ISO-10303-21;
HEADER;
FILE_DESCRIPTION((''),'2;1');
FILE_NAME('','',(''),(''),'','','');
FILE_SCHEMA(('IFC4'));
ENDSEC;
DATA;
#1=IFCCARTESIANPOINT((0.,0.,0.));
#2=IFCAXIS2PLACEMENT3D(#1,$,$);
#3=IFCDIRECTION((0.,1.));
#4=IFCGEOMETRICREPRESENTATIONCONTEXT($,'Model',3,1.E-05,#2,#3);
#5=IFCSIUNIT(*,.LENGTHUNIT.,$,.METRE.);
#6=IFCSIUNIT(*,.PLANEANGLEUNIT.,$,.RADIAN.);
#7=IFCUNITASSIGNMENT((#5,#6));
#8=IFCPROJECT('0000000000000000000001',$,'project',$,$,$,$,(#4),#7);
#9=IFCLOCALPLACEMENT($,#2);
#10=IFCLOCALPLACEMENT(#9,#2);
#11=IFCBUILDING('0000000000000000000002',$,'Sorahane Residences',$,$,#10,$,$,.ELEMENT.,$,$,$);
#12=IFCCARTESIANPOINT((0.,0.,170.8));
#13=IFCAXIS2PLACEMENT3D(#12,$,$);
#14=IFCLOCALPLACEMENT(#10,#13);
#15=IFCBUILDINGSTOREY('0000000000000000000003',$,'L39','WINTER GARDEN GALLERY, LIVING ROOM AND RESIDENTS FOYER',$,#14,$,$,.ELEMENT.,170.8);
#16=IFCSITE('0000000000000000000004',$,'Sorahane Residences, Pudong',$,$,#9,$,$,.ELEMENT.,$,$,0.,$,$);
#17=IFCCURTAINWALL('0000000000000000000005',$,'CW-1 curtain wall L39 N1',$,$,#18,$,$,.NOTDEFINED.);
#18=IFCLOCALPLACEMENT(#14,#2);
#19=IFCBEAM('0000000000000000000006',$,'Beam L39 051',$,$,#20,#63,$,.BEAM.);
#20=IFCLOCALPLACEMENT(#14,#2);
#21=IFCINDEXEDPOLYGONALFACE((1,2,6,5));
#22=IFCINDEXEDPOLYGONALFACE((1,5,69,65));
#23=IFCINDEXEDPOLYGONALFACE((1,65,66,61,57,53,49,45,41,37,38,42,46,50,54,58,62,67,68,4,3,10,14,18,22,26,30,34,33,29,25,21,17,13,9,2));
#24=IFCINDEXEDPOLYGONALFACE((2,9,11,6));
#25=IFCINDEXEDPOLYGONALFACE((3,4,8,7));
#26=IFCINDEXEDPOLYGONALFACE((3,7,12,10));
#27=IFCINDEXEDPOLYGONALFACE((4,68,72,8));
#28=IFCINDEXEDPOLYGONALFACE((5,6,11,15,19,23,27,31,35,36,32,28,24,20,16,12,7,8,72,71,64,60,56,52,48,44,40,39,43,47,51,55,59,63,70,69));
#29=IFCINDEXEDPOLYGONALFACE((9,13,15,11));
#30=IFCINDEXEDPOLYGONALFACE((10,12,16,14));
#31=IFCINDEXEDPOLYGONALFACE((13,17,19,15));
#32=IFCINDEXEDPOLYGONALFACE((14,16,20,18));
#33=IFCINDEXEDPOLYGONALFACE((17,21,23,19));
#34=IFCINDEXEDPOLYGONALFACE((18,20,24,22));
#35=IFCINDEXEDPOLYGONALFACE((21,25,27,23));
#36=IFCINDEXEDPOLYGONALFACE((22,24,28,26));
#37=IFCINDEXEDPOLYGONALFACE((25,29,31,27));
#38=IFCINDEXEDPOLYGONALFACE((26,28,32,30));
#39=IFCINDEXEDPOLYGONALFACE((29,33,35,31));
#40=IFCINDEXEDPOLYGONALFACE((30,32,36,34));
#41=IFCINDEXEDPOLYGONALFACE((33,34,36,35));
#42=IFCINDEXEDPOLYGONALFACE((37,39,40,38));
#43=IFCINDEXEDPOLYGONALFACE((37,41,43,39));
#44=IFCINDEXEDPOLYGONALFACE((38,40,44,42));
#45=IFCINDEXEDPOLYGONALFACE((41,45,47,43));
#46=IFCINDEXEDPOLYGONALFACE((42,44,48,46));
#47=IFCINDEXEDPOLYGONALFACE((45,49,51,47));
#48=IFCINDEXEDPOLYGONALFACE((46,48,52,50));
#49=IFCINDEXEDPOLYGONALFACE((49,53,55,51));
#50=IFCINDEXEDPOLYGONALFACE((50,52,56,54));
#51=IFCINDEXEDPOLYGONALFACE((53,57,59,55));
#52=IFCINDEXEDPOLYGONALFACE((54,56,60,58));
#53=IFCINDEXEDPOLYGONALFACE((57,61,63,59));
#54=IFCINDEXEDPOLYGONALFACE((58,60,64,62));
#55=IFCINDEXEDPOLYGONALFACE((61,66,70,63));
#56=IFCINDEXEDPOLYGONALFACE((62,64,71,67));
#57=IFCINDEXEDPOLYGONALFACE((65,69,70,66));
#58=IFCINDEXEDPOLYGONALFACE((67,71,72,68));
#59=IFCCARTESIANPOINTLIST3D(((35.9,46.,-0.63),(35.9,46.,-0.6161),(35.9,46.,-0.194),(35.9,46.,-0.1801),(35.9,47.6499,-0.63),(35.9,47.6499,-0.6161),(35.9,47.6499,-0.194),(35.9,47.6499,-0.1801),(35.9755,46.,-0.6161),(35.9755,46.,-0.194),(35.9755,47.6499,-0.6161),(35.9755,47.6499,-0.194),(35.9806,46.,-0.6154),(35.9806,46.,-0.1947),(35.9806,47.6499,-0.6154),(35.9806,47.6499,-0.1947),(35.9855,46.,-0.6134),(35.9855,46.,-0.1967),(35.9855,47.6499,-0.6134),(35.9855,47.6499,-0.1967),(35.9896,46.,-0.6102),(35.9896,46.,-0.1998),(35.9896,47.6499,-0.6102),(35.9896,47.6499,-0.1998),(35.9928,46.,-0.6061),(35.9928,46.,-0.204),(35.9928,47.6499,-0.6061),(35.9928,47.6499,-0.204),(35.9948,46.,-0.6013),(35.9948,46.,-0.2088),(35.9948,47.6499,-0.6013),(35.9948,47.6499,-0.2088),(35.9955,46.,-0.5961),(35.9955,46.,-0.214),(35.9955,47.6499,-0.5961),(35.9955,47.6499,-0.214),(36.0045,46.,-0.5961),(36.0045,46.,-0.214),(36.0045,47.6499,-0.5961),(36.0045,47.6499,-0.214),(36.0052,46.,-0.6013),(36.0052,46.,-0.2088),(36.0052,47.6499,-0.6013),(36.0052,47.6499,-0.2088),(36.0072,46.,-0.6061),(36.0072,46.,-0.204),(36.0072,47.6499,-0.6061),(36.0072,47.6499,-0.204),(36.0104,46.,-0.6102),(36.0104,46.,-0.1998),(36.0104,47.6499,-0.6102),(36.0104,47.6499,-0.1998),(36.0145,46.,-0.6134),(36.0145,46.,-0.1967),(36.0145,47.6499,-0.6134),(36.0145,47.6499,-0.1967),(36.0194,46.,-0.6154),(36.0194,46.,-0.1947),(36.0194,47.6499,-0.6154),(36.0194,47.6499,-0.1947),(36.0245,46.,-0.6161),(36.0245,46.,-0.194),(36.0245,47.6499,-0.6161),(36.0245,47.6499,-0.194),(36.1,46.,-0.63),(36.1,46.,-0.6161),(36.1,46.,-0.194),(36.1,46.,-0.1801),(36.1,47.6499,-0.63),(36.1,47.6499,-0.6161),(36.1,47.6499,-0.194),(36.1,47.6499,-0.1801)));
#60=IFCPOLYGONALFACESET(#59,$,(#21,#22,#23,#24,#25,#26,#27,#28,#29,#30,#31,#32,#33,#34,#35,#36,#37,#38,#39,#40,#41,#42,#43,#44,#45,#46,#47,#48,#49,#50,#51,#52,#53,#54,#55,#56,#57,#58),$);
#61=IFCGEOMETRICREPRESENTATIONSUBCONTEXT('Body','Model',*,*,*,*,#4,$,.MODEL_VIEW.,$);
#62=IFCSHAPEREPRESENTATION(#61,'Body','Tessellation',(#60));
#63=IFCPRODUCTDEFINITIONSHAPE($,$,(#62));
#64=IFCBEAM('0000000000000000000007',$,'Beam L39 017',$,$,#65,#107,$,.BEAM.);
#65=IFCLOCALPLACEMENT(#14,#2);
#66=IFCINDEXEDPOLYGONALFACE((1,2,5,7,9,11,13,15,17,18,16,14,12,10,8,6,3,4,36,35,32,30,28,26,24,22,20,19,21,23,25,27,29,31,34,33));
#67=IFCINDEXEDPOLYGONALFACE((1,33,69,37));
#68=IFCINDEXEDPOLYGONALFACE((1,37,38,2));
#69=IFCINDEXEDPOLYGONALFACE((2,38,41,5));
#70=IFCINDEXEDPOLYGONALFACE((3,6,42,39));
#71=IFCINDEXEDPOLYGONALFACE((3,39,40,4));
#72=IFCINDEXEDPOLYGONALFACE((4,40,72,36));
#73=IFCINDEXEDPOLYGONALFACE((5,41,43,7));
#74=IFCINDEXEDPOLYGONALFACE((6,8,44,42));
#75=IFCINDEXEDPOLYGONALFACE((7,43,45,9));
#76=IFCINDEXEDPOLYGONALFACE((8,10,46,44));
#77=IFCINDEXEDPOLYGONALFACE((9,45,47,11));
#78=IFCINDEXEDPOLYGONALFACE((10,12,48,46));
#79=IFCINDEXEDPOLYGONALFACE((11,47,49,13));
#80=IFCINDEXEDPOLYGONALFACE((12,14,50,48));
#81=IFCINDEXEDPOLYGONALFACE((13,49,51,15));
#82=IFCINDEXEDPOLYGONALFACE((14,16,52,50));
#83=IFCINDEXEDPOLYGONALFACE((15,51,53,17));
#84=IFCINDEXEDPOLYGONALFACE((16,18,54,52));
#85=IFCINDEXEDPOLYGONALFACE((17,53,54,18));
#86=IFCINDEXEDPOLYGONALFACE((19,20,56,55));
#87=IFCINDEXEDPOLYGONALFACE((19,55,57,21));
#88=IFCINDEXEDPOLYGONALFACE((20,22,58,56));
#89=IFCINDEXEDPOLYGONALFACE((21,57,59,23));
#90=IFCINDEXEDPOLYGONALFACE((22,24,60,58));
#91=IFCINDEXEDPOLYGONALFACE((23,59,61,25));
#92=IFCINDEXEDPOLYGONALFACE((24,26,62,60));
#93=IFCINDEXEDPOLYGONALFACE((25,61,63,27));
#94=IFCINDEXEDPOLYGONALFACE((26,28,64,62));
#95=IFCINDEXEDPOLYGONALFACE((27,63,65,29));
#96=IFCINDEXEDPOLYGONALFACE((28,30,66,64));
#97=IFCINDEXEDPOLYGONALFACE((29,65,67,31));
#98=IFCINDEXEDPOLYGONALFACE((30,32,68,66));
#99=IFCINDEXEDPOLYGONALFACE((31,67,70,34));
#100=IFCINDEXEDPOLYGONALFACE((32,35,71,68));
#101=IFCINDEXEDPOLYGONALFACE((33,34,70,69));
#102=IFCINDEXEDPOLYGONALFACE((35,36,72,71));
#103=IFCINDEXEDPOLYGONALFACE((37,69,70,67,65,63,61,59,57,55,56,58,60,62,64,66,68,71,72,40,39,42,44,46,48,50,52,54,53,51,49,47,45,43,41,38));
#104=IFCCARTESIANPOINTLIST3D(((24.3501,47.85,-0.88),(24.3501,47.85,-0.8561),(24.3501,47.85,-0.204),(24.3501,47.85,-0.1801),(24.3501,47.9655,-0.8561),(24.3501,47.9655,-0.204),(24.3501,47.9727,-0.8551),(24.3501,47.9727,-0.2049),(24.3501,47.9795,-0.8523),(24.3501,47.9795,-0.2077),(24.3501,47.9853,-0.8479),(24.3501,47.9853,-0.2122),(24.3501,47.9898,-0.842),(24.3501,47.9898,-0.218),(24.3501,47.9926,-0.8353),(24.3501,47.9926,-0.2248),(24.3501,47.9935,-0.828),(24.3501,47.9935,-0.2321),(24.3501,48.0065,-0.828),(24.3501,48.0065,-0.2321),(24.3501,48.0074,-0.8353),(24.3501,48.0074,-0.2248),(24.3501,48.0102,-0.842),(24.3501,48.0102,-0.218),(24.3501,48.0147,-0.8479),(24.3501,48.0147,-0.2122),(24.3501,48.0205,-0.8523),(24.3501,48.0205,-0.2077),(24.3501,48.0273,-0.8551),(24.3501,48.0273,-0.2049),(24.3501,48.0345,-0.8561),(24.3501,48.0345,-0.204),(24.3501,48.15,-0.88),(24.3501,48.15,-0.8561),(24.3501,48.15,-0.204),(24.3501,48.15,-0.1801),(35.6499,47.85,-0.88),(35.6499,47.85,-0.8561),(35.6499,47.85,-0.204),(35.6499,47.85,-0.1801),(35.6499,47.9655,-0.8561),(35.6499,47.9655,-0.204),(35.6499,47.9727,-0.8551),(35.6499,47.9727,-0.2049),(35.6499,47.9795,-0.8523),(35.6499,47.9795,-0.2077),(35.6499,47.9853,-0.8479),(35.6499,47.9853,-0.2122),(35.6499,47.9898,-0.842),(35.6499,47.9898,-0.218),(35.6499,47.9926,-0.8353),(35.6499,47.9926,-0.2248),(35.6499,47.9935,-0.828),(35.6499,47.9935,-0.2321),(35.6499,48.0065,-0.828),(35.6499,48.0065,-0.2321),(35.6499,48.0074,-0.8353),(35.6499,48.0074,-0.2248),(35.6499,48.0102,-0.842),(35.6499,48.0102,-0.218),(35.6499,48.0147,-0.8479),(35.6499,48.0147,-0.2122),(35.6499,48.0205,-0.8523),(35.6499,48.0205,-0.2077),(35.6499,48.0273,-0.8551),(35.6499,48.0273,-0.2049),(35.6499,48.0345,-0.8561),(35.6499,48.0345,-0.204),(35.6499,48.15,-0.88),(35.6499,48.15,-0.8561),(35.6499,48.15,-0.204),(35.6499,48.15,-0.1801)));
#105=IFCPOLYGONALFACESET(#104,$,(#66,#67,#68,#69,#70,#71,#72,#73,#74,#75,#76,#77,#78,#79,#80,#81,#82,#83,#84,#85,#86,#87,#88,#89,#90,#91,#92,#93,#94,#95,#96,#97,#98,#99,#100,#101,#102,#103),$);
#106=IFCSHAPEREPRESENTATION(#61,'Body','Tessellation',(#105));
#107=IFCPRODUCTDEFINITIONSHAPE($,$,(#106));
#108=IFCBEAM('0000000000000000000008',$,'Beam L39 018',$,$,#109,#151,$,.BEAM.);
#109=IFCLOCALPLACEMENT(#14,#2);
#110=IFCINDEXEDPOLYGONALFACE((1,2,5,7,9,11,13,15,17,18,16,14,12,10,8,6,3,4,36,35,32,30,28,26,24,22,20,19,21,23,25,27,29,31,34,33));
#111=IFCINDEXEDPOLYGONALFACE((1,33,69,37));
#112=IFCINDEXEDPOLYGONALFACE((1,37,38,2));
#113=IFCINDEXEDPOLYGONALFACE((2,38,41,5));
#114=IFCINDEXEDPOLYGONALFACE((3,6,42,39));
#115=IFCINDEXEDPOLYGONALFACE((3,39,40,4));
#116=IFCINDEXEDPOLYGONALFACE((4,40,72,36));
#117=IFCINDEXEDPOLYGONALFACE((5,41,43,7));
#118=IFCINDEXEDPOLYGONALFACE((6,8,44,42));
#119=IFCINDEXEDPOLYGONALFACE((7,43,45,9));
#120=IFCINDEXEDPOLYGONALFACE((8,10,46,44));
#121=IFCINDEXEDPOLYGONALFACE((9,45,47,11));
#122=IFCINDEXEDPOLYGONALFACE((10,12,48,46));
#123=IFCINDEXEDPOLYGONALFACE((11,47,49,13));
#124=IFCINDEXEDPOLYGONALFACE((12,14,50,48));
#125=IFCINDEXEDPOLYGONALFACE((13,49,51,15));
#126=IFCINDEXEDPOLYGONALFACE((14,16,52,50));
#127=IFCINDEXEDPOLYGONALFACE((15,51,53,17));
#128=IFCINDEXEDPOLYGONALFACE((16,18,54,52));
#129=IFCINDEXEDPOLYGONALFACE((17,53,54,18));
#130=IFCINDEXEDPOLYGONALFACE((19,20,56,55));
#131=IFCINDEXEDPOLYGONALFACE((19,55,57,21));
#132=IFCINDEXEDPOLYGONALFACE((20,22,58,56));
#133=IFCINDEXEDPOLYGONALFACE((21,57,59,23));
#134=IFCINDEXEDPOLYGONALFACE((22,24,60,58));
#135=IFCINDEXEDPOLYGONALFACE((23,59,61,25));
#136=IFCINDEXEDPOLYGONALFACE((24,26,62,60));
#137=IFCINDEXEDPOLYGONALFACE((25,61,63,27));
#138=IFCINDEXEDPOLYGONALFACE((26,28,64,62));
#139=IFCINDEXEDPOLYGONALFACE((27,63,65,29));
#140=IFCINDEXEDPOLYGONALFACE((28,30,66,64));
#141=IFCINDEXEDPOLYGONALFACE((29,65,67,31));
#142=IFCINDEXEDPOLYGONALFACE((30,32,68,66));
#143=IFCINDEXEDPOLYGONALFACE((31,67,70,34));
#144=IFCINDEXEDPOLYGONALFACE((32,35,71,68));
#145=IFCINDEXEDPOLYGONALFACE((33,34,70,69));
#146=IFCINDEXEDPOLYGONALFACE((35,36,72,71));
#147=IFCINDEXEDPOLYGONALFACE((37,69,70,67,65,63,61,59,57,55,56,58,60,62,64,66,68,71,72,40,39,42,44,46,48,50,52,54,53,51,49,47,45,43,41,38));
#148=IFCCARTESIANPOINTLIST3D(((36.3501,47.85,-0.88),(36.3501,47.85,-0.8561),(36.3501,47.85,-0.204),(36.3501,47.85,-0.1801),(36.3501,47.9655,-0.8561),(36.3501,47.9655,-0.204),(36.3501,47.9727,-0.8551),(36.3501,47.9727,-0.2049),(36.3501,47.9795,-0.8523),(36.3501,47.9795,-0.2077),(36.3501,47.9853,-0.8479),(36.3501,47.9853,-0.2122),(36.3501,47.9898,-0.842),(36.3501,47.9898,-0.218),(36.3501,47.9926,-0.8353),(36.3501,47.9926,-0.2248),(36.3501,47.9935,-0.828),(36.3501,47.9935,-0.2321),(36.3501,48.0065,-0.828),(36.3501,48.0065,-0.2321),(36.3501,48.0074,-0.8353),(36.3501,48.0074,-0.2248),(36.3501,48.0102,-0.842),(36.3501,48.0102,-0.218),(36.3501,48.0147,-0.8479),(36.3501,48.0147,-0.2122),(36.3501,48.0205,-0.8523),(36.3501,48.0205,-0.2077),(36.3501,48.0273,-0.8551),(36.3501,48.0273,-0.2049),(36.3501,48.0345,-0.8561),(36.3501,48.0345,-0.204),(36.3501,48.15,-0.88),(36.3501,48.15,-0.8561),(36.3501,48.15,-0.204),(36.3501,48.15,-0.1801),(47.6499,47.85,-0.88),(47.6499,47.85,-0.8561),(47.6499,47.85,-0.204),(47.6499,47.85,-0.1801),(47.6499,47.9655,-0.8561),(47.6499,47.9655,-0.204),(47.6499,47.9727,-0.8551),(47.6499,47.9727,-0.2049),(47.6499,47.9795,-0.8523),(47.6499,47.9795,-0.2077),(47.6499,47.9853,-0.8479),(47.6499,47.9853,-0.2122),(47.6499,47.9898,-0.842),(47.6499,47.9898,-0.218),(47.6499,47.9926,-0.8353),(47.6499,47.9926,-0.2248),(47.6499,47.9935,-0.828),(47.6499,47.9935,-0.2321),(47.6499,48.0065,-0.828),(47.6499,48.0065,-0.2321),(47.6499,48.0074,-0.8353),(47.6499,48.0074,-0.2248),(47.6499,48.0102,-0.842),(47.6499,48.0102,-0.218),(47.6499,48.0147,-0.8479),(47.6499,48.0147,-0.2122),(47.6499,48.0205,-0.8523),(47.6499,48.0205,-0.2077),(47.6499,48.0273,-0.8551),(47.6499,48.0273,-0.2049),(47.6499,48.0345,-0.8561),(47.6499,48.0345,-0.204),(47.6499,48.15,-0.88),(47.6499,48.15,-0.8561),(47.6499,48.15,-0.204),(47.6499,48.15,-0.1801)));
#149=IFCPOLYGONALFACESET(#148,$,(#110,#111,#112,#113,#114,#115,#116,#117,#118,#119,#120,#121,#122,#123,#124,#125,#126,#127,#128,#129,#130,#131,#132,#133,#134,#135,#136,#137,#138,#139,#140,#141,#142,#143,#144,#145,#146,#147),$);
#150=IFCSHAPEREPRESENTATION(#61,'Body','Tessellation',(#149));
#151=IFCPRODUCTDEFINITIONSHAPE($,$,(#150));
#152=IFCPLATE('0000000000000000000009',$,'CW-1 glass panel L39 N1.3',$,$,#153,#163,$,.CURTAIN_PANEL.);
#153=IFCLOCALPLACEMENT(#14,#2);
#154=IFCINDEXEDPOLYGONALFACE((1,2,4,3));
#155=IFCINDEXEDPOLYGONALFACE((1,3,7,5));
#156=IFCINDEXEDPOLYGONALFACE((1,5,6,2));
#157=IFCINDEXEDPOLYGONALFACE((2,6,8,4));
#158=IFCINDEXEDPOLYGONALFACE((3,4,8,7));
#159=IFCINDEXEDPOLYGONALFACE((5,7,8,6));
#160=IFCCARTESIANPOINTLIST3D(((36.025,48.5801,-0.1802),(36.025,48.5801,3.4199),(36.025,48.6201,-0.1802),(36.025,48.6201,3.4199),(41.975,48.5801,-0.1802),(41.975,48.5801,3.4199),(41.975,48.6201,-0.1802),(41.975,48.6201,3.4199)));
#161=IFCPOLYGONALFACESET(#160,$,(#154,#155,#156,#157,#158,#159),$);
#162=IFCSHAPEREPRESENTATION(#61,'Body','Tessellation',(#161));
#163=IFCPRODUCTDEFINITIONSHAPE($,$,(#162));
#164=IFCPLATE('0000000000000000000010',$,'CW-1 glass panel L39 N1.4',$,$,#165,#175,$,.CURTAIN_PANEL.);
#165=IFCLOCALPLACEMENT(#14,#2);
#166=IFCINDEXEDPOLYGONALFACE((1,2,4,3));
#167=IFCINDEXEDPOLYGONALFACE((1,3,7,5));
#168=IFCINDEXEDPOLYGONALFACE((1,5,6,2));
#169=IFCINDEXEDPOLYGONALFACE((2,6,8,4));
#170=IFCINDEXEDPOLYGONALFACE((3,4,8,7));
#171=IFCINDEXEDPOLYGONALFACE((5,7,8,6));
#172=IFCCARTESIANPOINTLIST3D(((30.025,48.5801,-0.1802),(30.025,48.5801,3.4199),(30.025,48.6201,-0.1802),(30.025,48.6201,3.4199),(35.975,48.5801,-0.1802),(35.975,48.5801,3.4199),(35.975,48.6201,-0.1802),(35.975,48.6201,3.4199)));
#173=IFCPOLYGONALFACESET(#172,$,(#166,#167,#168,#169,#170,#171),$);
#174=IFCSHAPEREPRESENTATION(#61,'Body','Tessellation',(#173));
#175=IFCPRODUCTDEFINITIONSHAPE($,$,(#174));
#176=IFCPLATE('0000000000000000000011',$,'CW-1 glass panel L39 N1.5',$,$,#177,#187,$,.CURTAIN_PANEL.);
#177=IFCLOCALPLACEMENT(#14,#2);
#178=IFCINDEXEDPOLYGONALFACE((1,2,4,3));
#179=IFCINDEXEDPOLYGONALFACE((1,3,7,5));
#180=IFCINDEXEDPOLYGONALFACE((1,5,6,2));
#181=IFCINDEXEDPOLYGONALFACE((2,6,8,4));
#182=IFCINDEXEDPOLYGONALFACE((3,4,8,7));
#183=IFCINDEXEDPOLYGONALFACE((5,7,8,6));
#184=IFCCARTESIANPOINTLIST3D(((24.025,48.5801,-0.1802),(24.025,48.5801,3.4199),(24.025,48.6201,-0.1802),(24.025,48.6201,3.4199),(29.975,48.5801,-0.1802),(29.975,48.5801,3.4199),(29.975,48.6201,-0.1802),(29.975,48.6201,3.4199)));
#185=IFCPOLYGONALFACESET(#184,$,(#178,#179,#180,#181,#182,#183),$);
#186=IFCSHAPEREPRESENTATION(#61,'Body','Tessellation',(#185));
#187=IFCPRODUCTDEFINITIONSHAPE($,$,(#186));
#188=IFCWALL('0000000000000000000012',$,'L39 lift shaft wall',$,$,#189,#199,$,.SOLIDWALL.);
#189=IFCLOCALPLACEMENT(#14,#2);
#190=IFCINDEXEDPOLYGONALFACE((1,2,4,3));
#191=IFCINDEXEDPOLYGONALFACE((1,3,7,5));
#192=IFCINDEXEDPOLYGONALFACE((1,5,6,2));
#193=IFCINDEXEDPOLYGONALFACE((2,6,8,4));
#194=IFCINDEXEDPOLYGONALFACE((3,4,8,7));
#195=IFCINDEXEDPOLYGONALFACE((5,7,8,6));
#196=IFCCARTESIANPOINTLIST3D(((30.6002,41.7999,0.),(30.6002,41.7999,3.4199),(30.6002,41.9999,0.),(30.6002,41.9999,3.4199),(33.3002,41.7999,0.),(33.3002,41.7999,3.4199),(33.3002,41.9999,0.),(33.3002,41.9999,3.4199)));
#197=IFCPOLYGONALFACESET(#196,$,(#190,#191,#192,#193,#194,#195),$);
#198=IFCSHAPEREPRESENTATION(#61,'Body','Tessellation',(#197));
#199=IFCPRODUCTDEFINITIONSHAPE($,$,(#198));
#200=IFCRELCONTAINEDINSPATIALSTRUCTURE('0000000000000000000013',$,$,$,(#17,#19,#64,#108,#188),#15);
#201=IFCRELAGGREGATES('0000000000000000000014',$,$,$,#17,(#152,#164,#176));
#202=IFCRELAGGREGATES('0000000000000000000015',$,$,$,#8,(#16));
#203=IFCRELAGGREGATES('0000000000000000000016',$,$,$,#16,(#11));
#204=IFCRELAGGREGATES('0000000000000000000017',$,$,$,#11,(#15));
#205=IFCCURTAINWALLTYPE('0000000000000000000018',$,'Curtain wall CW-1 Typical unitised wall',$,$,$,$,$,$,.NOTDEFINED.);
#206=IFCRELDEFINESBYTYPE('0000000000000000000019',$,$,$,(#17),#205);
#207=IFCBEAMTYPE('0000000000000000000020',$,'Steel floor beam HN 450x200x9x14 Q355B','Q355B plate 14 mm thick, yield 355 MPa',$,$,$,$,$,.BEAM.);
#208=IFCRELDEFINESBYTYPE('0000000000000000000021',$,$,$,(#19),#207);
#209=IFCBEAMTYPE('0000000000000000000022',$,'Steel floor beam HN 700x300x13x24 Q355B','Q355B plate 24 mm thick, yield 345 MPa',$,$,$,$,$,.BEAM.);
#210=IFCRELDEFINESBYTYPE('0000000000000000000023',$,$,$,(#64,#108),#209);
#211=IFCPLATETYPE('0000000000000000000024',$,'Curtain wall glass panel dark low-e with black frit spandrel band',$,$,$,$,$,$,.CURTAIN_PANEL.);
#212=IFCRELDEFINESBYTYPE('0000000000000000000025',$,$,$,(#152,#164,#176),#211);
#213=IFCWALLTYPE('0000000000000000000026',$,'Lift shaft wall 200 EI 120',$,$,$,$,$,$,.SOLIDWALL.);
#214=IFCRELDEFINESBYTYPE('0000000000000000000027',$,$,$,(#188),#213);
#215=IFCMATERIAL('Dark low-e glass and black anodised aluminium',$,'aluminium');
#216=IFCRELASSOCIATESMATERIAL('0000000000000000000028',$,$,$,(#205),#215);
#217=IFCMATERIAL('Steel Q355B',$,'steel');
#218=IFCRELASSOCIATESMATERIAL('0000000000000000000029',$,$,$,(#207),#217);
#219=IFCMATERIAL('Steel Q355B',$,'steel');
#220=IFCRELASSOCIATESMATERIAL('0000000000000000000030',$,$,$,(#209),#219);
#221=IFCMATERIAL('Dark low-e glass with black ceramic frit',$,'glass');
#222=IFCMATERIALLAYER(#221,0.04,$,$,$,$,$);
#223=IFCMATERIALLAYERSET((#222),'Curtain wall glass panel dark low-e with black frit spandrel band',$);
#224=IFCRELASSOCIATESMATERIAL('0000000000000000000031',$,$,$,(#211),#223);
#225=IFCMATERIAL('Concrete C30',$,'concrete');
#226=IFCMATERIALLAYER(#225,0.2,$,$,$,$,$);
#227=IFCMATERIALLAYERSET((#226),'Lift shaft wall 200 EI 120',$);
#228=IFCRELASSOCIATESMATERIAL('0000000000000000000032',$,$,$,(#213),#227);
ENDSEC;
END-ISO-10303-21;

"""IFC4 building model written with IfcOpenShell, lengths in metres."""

from ifc_helpers import new_model, si_unit, direction, frame, frame_2d, origin, origin_2d, place, context, subcontext, project, spatial, rectangle, i_section, extrude, material, layer, layer_set, material_profile, profile_set, type_object, element, aggregate, save


model = new_model("IFC4")

# Units and contexts
model_context = context("Model", 3, precision=1e-05, world=origin(), true_north=direction((0.0, 1.0)))
body_context = subcontext(model_context, "Body", "Model", "MODEL_VIEW")
ifc_project = project(units=[si_unit("LENGTHUNIT", "METRE"), si_unit("PLANEANGLEUNIT", "RADIAN")], contexts=[model_context])

# Site, building, storey
site_placement = place(None, origin())
site = spatial("IfcSite", under=ifc_project, at=site_placement, Name="Sorahane Residences, Pudong", CompositionType="ELEMENT", RefElevation=0.0)
building_placement = place(site_placement, origin())
building = spatial("IfcBuilding", under=site, at=building_placement, Name="Sorahane Residences", CompositionType="ELEMENT")
storey_placement = place(building_placement, frame((0.0, 0.0, 170.8)))
storey = spatial("IfcBuildingStorey", under=building, at=storey_placement, Name="L39", Description="WINTER GARDEN GALLERY, LIVING ROOM AND RESIDENTS FOYER", CompositionType="ELEMENT", Elevation=170.8)

# Curtain wall
ifc_material_1 = material(Name="Dark low-e glass and black anodised aluminium", Category="aluminium")
curtain_wall_type = type_object("IfcCurtainWallType", Name="Curtain wall CW-1 Typical unitised wall", PredefinedType="NOTDEFINED", material=ifc_material_1)
curtain_wall_placement = place(storey_placement, origin())
curtain_wall = element("IfcCurtainWall", 1, at=curtain_wall_placement, inside=storey, type_object=curtain_wall_type, Name="CW-1 curtain wall L39 N1", PredefinedType="NOTDEFINED")

# Beams
ifc_material_2 = material(Name="Steel Q355B", Category="steel")
ifc_material_profile_1 = material_profile(ifc_material_2, i_section(OverallWidth=0.2, OverallDepth=0.45, WebThickness=0.009, FlangeThickness=0.0139, FilletRadius=0.02, at=origin_2d()), Name="HN 450x200x9x14")
ifc_profile_set_1 = profile_set([ifc_material_profile_1], Name="Steel Q355B")
beam_type_1 = type_object("IfcBeamType", Name="Steel floor beam HN 450x200x9x14 Q355B", Description="Q355B plate 14 mm thick, yield 355 MPa", PredefinedType="BEAM", material=ifc_profile_set_1)
beam_1_placement = place(storey_placement, frame((36.0, 46.0, -0.405), z_axis=(0.0, 1.0, 0.0), x_axis=(-1.0, 0.0, 0.0)))
element("IfcBeam", 2, at=beam_1_placement, inside=storey, type_object=beam_type_1, Name="Beam L39 051", PredefinedType="BEAM", context=body_context, shape_type="SweptSolid", body=[
    extrude(i_section(OverallWidth=0.2, OverallDepth=0.45, WebThickness=0.009, FlangeThickness=0.0139, FilletRadius=0.02, at=origin_2d()), origin(), (0.0, 0.0, 1.0), 1.6499),
])
ifc_material_3 = material(Name="Steel Q355B", Category="steel")
ifc_material_profile_2 = material_profile(ifc_material_3, i_section(OverallWidth=0.3, OverallDepth=0.7, WebThickness=0.0129, FlangeThickness=0.0239, FilletRadius=0.0281, at=origin_2d()), Name="HN 700x300x13x24")
ifc_profile_set_2 = profile_set([ifc_material_profile_2], Name="Steel Q355B")
beam_type_2 = type_object("IfcBeamType", Name="Steel floor beam HN 700x300x13x24 Q355B", Description="Q355B plate 24 mm thick, yield 345 MPa", PredefinedType="BEAM", material=ifc_profile_set_2)
for number, where, z_axis, x_axis, name in (
    (3, (24.3501, 48.0, -0.53), (1.0, 0.0, 0.0), (0.0, 1.0, 0.0), "Beam L39 017"),
    (4, (36.3501, 48.0, -0.53), (1.0, 0.0, 0.0), (0.0, 1.0, 0.0), "Beam L39 018"),
):
    element("IfcBeam", number, at=place(storey_placement, frame(where, z_axis=z_axis, x_axis=x_axis)), inside=storey, type_object=beam_type_2, Name=name, PredefinedType="BEAM", context=body_context, shape_type="SweptSolid", body=[
        extrude(i_section(OverallWidth=0.3, OverallDepth=0.7, WebThickness=0.0129, FlangeThickness=0.0239, FilletRadius=0.0281, at=origin_2d()), origin(), (0.0, 0.0, 1.0), 11.2998),
    ])

# Plates
ifc_material_4 = material(Name="Dark low-e glass with black ceramic frit", Category="glass")
ifc_layer_1 = layer(ifc_material_4, 0.04)
ifc_layer_set_1 = layer_set([ifc_layer_1], Name="Curtain wall glass panel dark low-e with black frit spandrel band")
plate_type = type_object("IfcPlateType", Name="Curtain wall glass panel dark low-e with black frit spandrel band", PredefinedType="CURTAIN_PANEL", material=ifc_layer_set_1)
plate_1_placement = place(storey_placement, frame((39.0, 48.6001, -0.1802), z_axis=(0.0, 0.0, 1.0), x_axis=(-1.0, 0.0, 0.0)))
plate_1 = element("IfcPlate", 5, at=plate_1_placement, type_object=plate_type, Name="CW-1 glass panel L39 N1.3", PredefinedType="CURTAIN_PANEL", context=body_context, shape_type="SweptSolid", body=[
    extrude(rectangle(XDim=5.95, YDim=0.04, at=origin_2d()), origin(), (0.0, 0.0, 1.0), 3.6001),
])
plate_2_placement = place(storey_placement, frame((33.0, 48.6001, -0.1802), z_axis=(0.0, 0.0, 1.0), x_axis=(-1.0, 0.0, 0.0)))
plate_2 = element("IfcPlate", 6, at=plate_2_placement, type_object=plate_type, Name="CW-1 glass panel L39 N1.4", PredefinedType="CURTAIN_PANEL", context=body_context, shape_type="SweptSolid", body=[
    extrude(rectangle(XDim=5.95, YDim=0.04, at=origin_2d()), origin(), (0.0, 0.0, 1.0), 3.6001),
])
plate_3_placement = place(storey_placement, frame((27.0, 48.6001, -0.1802), z_axis=(0.0, 0.0, 1.0), x_axis=(-1.0, 0.0, 0.0)))
plate_3 = element("IfcPlate", 7, at=plate_3_placement, type_object=plate_type, Name="CW-1 glass panel L39 N1.5", PredefinedType="CURTAIN_PANEL", context=body_context, shape_type="SweptSolid", body=[
    extrude(rectangle(XDim=5.95, YDim=0.04, at=origin_2d()), origin(), (0.0, 0.0, 1.0), 3.6001),
])
aggregate(curtain_wall, [plate_1, plate_2, plate_3])

# Wall
ifc_material_5 = material(Name="Concrete C30", Category="concrete")
ifc_layer_2 = layer(ifc_material_5, 0.2)
ifc_layer_set_2 = layer_set([ifc_layer_2], Name="Lift shaft wall 200 EI 120")
wall_type = type_object("IfcWallType", Name="Lift shaft wall 200 EI 120", PredefinedType="SOLIDWALL", material=ifc_layer_set_2)
wall_placement = place(storey_placement, frame((30.6001, 41.8999, 0.0), z_axis=(0.0, 0.0, 1.0), x_axis=(1.0, 0.0, 0.0)))
element("IfcWall", 8, at=wall_placement, inside=storey, type_object=wall_type, Name="L39 lift shaft wall", PredefinedType="SOLIDWALL", context=body_context, shape_type="SweptSolid", body=[
    extrude(rectangle(XDim=2.7, YDim=0.2, at=frame_2d((1.3501, 0.0))), origin(), (0.0, 0.0, 1.0), 3.4199),
])

save(model, "model.ifc")
